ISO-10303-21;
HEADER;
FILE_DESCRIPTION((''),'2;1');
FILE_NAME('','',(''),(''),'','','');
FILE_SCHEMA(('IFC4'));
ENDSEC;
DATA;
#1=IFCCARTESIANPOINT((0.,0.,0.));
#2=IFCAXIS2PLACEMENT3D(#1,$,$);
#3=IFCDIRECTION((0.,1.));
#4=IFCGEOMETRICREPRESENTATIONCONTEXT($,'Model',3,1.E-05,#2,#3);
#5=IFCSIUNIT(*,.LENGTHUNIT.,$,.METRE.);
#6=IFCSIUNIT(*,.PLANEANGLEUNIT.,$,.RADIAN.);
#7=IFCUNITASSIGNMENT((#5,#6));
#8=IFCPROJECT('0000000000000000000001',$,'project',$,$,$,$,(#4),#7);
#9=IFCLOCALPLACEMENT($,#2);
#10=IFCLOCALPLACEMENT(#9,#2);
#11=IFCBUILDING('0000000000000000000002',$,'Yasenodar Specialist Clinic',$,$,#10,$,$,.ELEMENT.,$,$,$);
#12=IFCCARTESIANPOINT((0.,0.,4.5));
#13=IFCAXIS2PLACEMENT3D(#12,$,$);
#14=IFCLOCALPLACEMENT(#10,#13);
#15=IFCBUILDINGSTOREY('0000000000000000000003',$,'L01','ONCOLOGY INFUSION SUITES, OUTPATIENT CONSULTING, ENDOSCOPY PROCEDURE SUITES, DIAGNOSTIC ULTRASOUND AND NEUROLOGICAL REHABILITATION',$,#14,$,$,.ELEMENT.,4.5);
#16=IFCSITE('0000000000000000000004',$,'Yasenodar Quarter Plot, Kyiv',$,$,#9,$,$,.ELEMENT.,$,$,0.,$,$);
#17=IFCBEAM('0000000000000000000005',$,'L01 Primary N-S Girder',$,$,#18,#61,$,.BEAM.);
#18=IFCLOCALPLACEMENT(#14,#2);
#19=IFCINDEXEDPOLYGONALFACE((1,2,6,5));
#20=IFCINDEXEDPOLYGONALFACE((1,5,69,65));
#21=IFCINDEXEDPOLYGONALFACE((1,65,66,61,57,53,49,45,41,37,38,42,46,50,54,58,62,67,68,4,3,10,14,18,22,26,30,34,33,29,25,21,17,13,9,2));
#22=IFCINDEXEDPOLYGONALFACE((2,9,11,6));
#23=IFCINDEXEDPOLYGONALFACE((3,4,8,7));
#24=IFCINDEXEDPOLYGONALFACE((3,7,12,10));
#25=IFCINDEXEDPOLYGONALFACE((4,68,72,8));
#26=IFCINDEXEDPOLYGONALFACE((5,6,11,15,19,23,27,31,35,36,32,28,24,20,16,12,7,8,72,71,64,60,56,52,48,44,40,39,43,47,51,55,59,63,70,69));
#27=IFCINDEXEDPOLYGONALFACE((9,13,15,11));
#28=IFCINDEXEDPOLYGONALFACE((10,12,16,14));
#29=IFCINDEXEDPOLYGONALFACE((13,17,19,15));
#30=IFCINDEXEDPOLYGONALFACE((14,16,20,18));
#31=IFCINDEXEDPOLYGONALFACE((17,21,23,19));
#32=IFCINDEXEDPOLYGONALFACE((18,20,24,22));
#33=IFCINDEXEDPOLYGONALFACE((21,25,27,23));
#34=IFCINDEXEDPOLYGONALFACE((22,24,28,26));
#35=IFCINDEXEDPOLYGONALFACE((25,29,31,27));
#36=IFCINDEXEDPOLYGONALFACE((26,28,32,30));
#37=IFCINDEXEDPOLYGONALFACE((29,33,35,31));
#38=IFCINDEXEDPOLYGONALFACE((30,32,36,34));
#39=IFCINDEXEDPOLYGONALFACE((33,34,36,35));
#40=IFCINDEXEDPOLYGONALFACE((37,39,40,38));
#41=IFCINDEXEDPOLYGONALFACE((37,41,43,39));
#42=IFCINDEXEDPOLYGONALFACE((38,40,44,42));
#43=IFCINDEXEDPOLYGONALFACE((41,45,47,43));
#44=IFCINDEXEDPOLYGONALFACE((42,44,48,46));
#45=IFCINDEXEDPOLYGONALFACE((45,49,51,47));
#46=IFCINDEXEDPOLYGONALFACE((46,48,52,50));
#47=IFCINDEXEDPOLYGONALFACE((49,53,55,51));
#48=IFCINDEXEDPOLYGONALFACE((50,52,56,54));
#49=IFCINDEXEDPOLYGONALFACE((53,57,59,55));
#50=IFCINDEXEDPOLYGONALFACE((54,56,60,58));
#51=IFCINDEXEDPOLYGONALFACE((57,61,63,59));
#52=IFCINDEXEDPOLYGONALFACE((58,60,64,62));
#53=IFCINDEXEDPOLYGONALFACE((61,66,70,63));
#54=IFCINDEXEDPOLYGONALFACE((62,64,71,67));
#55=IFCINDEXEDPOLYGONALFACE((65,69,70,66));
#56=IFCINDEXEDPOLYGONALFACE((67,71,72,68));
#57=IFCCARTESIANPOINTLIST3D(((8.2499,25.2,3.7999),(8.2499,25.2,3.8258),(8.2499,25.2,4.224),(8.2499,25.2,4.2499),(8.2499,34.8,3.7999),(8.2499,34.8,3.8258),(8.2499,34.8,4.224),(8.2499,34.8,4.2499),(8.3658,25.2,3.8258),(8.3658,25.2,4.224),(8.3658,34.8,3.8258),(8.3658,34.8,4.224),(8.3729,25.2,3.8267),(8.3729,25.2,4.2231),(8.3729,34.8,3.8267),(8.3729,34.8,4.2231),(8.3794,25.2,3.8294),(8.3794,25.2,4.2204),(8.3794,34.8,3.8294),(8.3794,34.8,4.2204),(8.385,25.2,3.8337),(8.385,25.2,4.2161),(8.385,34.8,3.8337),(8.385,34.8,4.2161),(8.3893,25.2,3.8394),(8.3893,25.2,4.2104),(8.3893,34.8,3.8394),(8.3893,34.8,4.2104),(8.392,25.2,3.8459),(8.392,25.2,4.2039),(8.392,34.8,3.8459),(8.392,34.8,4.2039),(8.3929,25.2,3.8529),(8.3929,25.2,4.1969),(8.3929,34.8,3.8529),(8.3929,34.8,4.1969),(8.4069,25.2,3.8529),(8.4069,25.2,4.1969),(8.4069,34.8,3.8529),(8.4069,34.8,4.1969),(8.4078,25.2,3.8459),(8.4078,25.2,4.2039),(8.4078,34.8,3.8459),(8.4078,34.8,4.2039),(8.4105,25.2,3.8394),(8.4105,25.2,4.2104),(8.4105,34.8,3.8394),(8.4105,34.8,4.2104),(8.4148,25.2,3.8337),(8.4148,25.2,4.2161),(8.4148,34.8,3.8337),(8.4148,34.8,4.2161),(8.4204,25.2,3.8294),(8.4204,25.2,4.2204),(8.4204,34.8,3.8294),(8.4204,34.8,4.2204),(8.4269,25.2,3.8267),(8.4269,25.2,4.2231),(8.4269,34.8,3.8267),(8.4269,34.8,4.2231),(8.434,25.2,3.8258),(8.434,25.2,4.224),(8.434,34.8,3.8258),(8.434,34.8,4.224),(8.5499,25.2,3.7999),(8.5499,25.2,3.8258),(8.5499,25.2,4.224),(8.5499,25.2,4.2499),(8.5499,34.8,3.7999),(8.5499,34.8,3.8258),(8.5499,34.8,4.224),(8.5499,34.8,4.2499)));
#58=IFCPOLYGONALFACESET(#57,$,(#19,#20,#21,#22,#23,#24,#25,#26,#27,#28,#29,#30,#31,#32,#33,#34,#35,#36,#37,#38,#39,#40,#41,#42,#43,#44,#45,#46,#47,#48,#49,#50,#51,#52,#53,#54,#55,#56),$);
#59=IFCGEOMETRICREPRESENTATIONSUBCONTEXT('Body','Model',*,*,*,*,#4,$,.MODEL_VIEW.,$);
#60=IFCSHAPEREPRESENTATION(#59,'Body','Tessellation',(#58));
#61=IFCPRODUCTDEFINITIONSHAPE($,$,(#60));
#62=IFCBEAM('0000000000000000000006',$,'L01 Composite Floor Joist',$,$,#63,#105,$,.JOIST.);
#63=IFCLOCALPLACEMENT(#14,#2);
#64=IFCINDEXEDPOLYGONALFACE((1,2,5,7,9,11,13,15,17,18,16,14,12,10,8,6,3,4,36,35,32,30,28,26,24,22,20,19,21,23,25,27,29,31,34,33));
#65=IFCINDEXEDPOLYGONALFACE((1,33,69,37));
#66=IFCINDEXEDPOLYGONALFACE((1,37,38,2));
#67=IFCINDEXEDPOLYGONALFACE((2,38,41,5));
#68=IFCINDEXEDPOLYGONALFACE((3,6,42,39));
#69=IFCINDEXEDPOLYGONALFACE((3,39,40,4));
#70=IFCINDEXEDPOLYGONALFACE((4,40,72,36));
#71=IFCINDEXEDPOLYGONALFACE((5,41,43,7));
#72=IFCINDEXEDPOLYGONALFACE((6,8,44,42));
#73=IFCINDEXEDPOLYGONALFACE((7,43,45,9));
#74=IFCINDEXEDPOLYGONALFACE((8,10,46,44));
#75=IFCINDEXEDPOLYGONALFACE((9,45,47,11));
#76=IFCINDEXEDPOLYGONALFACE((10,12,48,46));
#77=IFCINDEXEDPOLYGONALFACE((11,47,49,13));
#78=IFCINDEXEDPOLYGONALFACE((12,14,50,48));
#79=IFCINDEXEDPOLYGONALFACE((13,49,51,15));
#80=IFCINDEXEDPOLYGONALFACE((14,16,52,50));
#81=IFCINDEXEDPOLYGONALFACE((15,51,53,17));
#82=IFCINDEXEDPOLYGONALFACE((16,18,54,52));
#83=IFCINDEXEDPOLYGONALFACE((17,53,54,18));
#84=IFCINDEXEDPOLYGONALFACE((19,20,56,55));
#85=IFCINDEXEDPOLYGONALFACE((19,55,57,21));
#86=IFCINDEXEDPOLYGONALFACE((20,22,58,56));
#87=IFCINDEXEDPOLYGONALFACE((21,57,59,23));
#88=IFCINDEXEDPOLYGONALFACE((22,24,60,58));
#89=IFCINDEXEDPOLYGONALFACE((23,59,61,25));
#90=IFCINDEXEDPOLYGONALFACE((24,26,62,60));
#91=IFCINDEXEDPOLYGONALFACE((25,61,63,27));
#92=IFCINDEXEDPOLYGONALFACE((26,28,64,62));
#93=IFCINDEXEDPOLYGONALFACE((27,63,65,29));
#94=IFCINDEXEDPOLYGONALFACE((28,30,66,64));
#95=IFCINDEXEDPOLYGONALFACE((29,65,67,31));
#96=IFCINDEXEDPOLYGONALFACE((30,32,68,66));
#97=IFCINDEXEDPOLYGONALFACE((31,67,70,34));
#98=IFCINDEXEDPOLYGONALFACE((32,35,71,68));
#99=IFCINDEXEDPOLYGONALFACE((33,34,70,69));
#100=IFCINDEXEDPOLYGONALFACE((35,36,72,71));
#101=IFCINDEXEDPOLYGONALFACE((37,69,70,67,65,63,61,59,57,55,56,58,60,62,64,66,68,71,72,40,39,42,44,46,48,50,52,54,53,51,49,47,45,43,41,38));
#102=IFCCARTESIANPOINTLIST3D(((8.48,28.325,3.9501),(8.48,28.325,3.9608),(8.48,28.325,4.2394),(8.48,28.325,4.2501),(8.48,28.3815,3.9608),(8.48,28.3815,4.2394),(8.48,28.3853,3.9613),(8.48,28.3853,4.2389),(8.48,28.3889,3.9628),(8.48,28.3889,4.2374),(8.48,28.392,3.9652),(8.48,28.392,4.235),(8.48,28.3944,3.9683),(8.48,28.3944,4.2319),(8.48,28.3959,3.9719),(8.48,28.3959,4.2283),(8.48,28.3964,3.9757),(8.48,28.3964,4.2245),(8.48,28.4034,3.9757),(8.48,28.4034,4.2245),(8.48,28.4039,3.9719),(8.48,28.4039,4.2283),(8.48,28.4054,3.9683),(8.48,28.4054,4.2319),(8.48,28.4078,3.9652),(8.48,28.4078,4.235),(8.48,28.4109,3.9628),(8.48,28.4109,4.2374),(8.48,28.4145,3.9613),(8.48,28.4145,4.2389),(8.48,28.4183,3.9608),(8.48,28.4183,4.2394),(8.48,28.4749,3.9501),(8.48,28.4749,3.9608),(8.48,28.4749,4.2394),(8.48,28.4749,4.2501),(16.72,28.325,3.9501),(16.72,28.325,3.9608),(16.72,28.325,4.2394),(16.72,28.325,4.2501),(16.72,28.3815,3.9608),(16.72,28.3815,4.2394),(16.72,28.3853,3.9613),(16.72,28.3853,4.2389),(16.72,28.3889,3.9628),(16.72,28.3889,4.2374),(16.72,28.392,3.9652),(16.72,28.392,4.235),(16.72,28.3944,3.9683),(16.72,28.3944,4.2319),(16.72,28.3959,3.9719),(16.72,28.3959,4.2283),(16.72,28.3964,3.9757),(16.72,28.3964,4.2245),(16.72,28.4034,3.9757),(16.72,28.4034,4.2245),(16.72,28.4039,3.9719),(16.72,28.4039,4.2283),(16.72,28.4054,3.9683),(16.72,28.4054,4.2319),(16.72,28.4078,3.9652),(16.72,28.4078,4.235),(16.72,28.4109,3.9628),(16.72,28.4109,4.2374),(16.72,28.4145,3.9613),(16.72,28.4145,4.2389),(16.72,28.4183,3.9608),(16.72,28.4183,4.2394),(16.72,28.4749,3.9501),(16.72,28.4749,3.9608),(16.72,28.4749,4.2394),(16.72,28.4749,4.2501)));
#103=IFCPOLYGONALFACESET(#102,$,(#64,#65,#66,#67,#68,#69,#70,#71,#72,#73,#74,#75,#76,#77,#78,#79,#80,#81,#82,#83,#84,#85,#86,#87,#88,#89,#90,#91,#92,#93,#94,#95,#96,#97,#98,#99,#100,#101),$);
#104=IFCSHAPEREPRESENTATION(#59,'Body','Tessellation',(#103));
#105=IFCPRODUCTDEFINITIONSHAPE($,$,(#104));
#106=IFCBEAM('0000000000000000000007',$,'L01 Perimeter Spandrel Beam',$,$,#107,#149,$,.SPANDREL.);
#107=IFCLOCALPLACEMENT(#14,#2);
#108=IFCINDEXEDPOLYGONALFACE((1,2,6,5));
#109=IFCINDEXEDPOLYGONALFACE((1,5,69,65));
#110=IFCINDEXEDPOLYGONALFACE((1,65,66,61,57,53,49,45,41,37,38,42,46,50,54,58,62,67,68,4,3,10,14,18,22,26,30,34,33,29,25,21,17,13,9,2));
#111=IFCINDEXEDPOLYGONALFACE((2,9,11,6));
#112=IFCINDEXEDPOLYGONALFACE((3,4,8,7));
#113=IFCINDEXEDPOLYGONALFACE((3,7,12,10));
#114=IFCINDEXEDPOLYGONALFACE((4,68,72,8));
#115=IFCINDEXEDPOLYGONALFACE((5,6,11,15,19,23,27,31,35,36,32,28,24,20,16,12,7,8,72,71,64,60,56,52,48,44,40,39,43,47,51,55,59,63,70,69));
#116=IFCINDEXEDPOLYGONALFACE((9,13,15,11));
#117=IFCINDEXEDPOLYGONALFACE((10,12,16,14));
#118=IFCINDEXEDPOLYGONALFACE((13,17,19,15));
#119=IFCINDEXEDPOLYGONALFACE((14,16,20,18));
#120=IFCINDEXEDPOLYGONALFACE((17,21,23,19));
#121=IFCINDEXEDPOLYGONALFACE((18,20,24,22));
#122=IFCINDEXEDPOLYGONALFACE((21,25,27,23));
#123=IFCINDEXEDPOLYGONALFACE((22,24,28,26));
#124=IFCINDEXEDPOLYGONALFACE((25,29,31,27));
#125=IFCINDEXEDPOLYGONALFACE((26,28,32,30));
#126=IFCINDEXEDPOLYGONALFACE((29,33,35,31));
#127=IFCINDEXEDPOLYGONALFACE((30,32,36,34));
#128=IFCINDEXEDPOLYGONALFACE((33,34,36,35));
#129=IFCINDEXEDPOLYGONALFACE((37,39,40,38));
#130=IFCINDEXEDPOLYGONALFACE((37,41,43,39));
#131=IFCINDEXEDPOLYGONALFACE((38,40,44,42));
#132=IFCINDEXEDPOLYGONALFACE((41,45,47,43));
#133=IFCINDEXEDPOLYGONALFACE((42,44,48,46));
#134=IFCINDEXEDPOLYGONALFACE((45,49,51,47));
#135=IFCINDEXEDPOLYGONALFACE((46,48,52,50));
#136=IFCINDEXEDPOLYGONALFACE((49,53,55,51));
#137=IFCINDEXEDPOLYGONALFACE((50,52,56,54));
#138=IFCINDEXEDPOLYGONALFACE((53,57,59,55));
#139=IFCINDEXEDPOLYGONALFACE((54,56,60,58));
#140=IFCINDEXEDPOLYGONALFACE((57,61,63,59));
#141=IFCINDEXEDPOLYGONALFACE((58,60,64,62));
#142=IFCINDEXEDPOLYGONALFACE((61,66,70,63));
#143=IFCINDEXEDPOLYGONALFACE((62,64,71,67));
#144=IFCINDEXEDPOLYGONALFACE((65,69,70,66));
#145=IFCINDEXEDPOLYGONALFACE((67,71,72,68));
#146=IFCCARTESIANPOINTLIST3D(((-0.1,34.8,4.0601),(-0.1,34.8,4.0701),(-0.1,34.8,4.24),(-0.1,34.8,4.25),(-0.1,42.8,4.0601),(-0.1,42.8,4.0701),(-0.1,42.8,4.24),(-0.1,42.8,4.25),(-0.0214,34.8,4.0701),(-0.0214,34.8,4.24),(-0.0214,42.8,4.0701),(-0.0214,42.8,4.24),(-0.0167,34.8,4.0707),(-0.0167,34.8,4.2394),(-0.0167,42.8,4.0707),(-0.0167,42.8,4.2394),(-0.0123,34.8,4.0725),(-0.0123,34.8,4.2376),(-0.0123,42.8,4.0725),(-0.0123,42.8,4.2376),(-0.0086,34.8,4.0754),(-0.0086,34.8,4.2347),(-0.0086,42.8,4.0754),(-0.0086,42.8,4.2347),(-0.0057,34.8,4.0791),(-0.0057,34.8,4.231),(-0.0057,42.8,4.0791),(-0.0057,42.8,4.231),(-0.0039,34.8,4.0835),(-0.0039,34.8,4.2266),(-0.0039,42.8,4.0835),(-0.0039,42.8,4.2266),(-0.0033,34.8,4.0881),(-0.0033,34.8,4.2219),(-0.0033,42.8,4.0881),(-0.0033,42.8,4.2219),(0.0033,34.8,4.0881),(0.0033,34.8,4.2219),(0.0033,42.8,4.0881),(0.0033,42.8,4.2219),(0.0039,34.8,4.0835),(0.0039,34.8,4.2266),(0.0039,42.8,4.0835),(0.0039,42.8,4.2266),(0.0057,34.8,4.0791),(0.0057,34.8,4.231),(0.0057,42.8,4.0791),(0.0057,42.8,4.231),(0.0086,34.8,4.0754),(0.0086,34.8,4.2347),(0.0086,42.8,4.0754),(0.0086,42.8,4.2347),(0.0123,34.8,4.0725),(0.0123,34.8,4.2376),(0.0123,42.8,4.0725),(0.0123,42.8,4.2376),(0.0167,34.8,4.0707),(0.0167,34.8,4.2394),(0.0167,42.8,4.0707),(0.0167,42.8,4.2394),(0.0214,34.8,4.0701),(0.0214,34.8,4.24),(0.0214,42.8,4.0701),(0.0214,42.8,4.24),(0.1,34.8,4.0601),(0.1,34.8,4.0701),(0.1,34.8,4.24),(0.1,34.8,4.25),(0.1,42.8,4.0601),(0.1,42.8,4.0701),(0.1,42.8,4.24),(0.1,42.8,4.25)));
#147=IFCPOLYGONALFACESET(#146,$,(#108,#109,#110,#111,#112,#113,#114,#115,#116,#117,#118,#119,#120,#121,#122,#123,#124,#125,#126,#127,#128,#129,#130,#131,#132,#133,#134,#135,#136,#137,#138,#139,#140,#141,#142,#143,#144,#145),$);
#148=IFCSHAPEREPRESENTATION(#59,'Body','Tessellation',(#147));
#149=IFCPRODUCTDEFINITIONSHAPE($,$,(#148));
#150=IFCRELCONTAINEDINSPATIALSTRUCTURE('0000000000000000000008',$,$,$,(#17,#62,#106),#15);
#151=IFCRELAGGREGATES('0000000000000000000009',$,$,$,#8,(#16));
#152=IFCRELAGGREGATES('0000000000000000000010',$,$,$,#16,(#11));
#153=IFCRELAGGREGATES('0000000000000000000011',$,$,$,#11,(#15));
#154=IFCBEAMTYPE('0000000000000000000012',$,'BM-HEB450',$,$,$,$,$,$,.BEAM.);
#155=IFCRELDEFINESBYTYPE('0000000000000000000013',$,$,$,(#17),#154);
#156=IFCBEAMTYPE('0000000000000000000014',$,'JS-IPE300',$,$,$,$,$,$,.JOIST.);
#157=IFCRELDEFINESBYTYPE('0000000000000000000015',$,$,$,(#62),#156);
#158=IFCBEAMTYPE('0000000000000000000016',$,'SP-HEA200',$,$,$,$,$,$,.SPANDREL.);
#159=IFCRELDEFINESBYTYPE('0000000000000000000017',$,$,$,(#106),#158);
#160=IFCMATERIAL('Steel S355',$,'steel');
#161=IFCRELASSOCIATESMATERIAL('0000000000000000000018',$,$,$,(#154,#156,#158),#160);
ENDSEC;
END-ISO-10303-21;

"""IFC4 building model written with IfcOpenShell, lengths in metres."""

from ifc_helpers import new_model, si_unit, direction, frame, origin, origin_2d, place, context, subcontext, project, spatial, i_section, extrude, material, material_profile, profile_set, type_object, element, save


model = new_model("IFC4")

# Units and contexts
model_context = context("Model", 3, precision=1e-05, world=origin(), true_north=direction((0.0, 1.0)))
body_context = subcontext(model_context, "Body", "Model", "MODEL_VIEW")
ifc_project = project(units=[si_unit("LENGTHUNIT", "METRE"), si_unit("PLANEANGLEUNIT", "RADIAN")], contexts=[model_context])

# Site, building, storey
site_placement = place(None, origin())
site = spatial("IfcSite", under=ifc_project, at=site_placement, Name="Yasenodar Quarter Plot, Kyiv", CompositionType="ELEMENT", RefElevation=0.0)
building_placement = place(site_placement, origin())
building = spatial("IfcBuilding", under=site, at=building_placement, Name="Yasenodar Specialist Clinic", CompositionType="ELEMENT")
storey_placement = place(building_placement, frame((0.0, 0.0, 4.5)))
storey = spatial("IfcBuildingStorey", under=building, at=storey_placement, Name="L01", Description="ONCOLOGY INFUSION SUITES, OUTPATIENT CONSULTING, ENDOSCOPY PROCEDURE SUITES, DIAGNOSTIC ULTRASOUND AND NEUROLOGICAL REHABILITATION", CompositionType="ELEMENT", Elevation=4.5)

# Shared definitions
ifc_material_1 = material(Name="Steel S355", Category="steel")

# Beams
ifc_material_profile_1 = material_profile(ifc_material_1, i_section(OverallWidth=0.3, OverallDepth=0.45, WebThickness=0.0139, FlangeThickness=0.0259, FilletRadius=0.0271, at=origin_2d()), Name="HEB 450")
ifc_profile_set_1 = profile_set([ifc_material_profile_1], Name="Steel S355")
beam_type_1 = type_object("IfcBeamType", Name="BM-HEB450", PredefinedType="BEAM", material=ifc_profile_set_1)
beam_1_placement = place(storey_placement, frame((8.3999, 25.2, 4.0249), z_axis=(0.0, 1.0, 0.0), x_axis=(-1.0, 0.0, 0.0)))
element("IfcBeam", 1, at=beam_1_placement, inside=storey, type_object=beam_type_1, Name="L01 Primary N-S Girder", PredefinedType="BEAM", context=body_context, shape_type="SweptSolid", body=[
    extrude(i_section(OverallWidth=0.3, OverallDepth=0.45, WebThickness=0.0139, FlangeThickness=0.0259, FilletRadius=0.0271, at=origin_2d()), origin(), (0.0, 0.0, 1.0), 9.6001),
])
ifc_material_profile_2 = material_profile(ifc_material_1, i_section(OverallWidth=0.1499, OverallDepth=0.3, WebThickness=0.0071, FlangeThickness=0.0107, FilletRadius=0.0149, at=origin_2d()), Name="IPE 300")
ifc_profile_set_2 = profile_set([ifc_material_profile_2], Name="Steel S355")
beam_type_2 = type_object("IfcBeamType", Name="JS-IPE300", PredefinedType="JOIST", material=ifc_profile_set_2)
beam_2_placement = place(storey_placement, frame((8.48, 28.3999, 4.1001), z_axis=(1.0, 0.0, 0.0), x_axis=(0.0, 1.0, 0.0)))
element("IfcBeam", 2, at=beam_2_placement, inside=storey, type_object=beam_type_2, Name="L01 Composite Floor Joist", PredefinedType="JOIST", context=body_context, shape_type="SweptSolid", body=[
    extrude(i_section(OverallWidth=0.1499, OverallDepth=0.3, WebThickness=0.0071, FlangeThickness=0.0107, FilletRadius=0.0149, at=origin_2d()), origin(), (0.0, 0.0, 1.0), 8.24),
])
ifc_material_profile_3 = material_profile(ifc_material_1, i_section(OverallWidth=0.2, OverallDepth=0.1899, WebThickness=0.0066, FlangeThickness=0.01, FilletRadius=0.0181, at=origin_2d()), Name="HEA 200")
ifc_profile_set_3 = profile_set([ifc_material_profile_3], Name="Steel S355")
beam_type_3 = type_object("IfcBeamType", Name="SP-HEA200", PredefinedType="SPANDREL", material=ifc_profile_set_3)
beam_3_placement = place(storey_placement, frame((0.0, 34.8, 4.155), z_axis=(0.0, 1.0, 0.0), x_axis=(-1.0, 0.0, 0.0)))
element("IfcBeam", 3, at=beam_3_placement, inside=storey, type_object=beam_type_3, Name="L01 Perimeter Spandrel Beam", PredefinedType="SPANDREL", context=body_context, shape_type="SweptSolid", body=[
    extrude(i_section(OverallWidth=0.2, OverallDepth=0.1899, WebThickness=0.0066, FlangeThickness=0.01, FilletRadius=0.0181, at=origin_2d()), origin(), (0.0, 0.0, 1.0), 8.0),
])

save(model, "model.ifc")
